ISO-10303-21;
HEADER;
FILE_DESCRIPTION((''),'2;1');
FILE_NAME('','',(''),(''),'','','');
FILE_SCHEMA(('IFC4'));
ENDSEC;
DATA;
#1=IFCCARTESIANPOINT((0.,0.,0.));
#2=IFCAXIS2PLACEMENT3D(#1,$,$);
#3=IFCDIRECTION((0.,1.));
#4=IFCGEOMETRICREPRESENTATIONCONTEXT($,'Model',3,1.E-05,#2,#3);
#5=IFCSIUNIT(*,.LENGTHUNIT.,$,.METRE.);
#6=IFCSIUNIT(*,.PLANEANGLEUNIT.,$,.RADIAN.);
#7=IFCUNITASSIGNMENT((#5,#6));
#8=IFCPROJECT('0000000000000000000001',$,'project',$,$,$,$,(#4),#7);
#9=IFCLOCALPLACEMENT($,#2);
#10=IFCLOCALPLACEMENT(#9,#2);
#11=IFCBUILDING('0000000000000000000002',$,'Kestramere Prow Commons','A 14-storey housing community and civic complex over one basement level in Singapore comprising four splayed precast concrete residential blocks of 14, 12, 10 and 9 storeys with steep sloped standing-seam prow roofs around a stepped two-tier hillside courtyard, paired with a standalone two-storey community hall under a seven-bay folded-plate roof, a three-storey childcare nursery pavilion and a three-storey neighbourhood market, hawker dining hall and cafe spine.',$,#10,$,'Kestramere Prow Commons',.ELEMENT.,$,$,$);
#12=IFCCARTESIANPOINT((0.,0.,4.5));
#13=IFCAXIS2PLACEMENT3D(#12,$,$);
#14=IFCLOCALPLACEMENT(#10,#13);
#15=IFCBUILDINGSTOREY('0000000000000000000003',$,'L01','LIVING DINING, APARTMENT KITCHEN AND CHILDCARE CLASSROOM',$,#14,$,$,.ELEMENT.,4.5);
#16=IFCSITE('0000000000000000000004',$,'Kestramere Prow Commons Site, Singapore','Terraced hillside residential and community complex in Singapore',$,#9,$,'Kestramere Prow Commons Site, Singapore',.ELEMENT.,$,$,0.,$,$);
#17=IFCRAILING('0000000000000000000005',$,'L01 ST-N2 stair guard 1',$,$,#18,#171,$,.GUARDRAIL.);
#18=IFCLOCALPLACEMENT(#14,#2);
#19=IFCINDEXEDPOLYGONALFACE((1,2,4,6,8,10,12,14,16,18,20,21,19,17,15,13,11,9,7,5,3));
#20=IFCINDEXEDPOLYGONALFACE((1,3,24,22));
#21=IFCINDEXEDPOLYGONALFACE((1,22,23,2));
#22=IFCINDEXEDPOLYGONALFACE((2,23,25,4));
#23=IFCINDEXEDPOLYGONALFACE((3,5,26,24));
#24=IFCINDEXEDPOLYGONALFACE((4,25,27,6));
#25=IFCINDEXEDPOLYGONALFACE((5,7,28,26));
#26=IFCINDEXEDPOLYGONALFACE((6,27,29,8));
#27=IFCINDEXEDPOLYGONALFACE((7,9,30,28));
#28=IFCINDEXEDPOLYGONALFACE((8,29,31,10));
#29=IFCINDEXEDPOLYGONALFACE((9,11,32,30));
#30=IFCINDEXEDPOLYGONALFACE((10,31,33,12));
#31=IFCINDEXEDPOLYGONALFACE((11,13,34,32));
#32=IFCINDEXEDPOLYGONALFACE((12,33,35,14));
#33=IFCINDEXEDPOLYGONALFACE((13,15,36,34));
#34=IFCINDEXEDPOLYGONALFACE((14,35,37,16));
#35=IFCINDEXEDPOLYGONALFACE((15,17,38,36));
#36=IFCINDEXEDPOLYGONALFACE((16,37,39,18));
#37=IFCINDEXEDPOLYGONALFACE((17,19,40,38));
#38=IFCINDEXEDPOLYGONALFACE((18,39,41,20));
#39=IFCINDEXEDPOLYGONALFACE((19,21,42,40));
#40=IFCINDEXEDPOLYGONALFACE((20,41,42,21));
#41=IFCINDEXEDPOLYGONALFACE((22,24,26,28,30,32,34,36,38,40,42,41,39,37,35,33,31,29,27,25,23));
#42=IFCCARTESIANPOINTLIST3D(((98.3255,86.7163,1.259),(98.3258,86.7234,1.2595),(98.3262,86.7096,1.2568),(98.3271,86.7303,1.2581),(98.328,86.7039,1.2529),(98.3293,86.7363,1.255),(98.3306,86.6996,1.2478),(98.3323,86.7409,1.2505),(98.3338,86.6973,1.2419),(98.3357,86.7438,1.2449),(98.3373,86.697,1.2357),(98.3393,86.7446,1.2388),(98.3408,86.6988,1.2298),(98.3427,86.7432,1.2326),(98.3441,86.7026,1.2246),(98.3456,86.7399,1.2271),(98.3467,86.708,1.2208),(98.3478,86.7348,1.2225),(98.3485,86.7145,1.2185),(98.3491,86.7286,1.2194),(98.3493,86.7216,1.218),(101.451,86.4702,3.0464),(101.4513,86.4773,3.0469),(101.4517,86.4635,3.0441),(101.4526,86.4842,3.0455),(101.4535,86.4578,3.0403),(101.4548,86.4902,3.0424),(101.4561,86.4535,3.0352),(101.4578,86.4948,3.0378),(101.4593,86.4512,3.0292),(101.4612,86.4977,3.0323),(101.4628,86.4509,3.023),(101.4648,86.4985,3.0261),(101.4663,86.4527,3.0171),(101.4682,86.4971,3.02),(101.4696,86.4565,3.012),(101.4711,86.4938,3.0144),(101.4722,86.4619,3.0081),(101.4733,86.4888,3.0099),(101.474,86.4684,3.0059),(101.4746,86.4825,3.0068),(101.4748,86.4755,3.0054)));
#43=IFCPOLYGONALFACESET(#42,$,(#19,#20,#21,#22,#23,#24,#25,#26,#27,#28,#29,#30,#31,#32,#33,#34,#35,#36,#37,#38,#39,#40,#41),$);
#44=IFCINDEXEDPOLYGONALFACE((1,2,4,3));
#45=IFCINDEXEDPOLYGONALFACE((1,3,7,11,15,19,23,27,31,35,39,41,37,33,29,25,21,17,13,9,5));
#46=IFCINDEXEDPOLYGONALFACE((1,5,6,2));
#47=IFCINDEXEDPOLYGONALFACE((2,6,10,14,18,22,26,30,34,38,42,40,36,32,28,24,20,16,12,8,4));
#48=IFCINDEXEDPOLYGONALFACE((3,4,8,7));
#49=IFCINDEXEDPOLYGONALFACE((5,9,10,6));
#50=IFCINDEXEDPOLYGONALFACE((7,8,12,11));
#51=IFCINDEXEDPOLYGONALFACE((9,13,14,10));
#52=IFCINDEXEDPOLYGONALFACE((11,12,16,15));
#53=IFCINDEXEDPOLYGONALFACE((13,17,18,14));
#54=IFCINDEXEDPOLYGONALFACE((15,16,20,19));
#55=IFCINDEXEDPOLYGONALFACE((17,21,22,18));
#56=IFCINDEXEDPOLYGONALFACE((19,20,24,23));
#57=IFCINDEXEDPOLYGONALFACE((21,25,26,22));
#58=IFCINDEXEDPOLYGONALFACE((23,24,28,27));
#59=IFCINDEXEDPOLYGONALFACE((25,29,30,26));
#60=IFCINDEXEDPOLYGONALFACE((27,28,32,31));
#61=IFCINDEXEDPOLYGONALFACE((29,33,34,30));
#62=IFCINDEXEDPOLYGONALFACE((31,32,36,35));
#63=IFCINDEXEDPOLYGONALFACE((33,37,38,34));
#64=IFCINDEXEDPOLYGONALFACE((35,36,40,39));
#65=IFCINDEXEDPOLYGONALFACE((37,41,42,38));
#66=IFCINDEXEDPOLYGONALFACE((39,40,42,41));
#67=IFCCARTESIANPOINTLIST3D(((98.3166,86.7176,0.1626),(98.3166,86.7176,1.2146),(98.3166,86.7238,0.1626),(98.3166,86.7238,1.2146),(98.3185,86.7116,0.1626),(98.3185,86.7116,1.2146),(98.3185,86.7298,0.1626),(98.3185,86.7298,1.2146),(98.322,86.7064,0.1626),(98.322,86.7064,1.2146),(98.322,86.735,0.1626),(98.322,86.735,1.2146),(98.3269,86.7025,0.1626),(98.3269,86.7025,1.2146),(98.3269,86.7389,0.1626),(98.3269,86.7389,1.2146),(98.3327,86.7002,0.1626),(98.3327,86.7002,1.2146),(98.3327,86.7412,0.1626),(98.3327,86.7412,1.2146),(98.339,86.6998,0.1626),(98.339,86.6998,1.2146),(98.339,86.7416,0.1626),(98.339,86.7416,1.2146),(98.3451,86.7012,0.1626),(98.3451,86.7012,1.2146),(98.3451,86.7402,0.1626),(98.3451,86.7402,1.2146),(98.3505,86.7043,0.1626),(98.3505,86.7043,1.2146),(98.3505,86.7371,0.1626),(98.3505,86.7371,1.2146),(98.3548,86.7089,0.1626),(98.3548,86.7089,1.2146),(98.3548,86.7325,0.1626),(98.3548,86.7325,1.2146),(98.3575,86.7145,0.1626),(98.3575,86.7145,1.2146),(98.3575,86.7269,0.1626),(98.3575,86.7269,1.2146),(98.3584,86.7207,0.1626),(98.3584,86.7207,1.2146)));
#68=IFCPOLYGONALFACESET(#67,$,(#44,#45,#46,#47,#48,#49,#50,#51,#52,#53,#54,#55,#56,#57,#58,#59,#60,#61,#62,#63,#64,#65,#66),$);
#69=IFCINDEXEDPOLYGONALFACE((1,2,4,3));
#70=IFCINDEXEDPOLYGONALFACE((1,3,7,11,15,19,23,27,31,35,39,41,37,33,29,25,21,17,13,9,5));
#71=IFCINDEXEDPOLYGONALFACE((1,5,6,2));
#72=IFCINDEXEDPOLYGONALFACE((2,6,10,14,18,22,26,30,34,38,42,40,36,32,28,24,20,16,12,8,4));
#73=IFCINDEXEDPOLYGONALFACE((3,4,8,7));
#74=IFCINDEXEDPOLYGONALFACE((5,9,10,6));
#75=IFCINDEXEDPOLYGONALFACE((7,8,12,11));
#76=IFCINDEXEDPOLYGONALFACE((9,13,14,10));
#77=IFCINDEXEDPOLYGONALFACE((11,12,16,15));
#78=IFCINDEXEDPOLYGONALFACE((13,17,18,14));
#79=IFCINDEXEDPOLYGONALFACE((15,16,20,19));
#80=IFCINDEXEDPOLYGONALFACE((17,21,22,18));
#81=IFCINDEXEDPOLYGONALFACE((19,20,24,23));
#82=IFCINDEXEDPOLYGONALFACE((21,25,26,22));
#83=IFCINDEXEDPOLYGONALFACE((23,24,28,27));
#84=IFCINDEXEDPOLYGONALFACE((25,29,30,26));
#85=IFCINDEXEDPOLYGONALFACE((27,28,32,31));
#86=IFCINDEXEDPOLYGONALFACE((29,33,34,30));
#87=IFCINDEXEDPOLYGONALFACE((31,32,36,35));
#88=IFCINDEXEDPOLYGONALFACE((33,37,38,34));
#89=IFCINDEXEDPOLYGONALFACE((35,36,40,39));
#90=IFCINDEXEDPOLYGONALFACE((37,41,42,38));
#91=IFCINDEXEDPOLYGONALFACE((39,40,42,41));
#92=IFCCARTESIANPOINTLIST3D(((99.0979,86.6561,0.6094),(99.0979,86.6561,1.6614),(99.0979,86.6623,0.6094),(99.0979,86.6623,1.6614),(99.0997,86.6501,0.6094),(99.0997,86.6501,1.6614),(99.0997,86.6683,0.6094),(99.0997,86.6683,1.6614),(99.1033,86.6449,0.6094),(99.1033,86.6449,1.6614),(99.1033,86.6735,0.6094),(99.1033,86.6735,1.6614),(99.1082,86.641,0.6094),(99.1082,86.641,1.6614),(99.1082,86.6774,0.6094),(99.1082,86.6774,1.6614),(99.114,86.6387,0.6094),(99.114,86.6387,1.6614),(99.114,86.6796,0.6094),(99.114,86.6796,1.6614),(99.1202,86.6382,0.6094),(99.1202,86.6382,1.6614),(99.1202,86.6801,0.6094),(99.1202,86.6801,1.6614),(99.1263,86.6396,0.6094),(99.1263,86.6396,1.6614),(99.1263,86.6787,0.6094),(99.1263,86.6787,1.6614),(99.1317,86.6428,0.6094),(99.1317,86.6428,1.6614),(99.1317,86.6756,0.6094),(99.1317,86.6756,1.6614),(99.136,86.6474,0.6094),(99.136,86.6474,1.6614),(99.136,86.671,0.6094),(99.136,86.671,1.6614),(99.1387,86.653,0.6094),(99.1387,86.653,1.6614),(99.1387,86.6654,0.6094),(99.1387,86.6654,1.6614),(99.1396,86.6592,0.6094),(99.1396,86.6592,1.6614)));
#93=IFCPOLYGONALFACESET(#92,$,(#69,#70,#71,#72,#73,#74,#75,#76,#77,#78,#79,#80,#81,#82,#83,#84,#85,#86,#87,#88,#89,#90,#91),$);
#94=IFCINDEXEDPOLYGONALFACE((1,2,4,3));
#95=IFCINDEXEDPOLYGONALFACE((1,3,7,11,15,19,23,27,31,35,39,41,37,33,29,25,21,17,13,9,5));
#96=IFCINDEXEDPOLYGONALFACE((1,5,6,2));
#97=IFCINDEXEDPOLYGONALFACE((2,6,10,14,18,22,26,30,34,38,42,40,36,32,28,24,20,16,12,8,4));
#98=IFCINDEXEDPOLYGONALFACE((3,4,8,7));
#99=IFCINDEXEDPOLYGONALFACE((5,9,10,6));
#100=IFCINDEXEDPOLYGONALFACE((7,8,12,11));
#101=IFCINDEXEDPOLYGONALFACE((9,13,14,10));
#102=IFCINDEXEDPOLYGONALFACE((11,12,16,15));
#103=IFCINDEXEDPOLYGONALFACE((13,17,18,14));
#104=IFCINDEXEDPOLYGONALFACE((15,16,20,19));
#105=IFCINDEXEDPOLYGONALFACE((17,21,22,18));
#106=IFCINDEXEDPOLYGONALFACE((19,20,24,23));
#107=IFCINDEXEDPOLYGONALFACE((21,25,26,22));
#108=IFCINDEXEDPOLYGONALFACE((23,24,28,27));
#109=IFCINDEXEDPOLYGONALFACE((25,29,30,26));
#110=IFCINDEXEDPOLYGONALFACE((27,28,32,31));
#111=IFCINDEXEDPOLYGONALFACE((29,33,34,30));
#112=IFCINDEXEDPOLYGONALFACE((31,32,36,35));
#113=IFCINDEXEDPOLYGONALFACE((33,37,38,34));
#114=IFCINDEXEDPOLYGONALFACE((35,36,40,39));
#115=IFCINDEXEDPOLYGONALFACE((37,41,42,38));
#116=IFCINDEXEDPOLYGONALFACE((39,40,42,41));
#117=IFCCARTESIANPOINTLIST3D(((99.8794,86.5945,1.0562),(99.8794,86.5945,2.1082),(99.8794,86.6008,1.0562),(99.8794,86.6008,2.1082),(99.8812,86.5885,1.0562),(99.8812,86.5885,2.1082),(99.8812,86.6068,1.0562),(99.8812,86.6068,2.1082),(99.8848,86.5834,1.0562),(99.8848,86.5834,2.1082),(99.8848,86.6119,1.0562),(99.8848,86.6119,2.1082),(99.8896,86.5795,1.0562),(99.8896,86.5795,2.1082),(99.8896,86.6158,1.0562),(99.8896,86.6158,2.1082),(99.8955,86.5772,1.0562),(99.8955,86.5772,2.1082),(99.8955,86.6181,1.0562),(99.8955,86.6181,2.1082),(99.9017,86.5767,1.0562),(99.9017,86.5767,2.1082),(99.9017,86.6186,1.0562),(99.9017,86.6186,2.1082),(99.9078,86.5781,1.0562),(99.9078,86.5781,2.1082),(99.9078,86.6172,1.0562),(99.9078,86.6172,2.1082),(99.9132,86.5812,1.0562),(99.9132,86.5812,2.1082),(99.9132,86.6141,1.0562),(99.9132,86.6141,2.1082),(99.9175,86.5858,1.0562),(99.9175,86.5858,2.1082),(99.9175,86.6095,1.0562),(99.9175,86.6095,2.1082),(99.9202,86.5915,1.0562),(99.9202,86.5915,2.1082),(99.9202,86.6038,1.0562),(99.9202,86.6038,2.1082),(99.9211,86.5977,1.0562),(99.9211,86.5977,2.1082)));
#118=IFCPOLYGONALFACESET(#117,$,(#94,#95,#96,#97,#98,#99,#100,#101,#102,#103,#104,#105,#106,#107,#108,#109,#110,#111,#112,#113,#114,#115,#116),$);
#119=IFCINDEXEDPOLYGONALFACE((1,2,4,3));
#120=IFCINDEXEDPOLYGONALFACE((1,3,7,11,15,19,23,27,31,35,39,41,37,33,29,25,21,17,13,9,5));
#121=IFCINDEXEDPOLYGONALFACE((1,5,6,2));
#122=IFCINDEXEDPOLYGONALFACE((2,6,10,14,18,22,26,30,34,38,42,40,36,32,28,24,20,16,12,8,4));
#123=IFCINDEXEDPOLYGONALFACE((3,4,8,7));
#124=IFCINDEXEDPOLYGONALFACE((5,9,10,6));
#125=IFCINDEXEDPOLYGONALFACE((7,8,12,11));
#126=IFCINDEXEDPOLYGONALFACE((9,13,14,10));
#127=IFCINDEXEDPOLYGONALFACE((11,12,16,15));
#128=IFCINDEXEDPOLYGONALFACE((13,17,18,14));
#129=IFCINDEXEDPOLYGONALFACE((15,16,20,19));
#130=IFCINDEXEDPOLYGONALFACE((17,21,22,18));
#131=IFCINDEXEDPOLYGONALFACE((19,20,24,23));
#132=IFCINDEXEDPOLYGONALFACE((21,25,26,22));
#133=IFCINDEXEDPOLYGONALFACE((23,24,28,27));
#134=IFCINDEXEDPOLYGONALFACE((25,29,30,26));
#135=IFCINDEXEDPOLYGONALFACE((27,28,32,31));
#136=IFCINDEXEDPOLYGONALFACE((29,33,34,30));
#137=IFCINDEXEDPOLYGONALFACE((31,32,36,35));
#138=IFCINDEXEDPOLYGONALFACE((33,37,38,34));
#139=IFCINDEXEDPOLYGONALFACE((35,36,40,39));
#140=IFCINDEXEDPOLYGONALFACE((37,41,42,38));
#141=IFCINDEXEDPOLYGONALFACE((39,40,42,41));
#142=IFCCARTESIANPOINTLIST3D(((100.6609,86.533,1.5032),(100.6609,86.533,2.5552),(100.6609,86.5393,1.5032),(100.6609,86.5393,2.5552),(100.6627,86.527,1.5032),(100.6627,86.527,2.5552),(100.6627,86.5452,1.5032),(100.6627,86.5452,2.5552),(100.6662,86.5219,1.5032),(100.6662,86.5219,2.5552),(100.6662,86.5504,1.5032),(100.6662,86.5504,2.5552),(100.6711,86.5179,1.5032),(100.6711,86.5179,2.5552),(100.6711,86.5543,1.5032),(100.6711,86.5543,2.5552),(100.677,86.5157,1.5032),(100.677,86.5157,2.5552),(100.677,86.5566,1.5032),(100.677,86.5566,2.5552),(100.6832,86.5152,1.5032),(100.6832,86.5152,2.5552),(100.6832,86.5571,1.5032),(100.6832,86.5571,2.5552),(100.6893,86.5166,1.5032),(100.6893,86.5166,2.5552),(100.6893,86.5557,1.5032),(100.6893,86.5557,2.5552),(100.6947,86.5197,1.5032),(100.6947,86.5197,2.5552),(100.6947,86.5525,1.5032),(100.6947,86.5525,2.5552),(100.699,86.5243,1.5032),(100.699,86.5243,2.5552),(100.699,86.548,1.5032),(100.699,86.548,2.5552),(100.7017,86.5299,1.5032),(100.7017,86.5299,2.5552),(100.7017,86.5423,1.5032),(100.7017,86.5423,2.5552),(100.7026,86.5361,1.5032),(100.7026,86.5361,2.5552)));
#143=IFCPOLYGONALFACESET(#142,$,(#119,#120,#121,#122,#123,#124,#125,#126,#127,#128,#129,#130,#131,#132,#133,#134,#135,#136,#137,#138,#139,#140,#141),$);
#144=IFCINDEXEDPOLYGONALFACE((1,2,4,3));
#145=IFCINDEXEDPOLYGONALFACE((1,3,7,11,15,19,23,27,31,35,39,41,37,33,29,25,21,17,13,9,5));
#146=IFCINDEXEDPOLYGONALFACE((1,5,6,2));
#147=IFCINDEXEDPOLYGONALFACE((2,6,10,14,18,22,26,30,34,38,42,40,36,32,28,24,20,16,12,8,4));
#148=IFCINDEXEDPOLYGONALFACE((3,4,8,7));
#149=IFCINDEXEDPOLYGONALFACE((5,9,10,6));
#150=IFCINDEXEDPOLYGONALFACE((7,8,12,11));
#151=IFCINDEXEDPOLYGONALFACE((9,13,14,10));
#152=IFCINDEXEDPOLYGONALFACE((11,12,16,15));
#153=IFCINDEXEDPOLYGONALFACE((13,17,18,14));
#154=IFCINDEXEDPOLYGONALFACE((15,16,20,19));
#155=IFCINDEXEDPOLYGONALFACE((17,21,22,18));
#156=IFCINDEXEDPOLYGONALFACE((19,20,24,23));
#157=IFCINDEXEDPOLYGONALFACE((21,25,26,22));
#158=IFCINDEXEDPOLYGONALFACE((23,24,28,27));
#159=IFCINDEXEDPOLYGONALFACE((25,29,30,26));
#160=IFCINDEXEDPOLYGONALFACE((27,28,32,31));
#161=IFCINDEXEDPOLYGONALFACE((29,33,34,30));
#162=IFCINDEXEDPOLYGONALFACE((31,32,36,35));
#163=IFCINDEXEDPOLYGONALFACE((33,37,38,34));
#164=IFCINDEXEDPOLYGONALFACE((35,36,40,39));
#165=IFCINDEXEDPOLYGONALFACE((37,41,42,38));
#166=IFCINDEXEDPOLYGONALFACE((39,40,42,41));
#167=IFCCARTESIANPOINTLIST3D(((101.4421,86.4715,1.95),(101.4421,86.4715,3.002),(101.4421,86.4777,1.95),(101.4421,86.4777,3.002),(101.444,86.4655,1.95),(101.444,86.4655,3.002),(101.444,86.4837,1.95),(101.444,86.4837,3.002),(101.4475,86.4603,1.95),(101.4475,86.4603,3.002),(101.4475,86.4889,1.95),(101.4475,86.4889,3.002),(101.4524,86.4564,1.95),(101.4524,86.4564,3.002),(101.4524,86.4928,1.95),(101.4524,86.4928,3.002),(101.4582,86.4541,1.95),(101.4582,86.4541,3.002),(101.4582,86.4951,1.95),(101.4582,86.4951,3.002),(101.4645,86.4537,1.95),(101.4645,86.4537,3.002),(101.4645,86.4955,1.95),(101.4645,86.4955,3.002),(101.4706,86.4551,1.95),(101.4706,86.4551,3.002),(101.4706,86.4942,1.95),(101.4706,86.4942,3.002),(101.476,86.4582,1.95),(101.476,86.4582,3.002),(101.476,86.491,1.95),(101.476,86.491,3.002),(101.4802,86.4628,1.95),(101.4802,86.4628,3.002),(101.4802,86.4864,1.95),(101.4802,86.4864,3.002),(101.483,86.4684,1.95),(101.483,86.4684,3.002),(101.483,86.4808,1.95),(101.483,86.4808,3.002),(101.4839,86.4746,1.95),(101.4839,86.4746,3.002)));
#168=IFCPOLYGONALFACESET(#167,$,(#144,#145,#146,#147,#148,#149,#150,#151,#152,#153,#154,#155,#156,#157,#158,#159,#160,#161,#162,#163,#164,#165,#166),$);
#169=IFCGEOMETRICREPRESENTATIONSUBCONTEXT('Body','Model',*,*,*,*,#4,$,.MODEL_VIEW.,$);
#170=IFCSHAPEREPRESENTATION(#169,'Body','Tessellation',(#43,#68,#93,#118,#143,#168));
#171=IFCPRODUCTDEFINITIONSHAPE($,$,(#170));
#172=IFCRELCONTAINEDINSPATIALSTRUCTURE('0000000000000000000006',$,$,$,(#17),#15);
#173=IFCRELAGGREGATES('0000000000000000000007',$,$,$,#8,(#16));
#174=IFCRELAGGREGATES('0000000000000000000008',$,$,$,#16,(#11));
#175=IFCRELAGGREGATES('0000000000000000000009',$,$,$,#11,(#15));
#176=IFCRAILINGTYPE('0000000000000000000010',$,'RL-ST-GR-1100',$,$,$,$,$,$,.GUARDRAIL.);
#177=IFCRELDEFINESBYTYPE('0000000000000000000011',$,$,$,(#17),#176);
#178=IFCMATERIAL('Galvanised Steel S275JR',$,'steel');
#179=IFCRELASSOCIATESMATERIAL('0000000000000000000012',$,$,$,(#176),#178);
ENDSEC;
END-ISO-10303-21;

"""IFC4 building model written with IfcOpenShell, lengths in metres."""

from ifc_helpers import new_model, si_unit, direction, frame, origin, origin_2d, place, context, subcontext, project, spatial, circle, extrude, material, type_object, element, save


model = new_model("IFC4")

# Units and contexts
model_context = context("Model", 3, precision=1e-05, world=origin(), true_north=direction((0.0, 1.0)))
body_context = subcontext(model_context, "Body", "Model", "MODEL_VIEW")
ifc_project = project(units=[si_unit("LENGTHUNIT", "METRE"), si_unit("PLANEANGLEUNIT", "RADIAN")], contexts=[model_context])

# Site, building, storey
site_placement = place(None, origin())
site = spatial("IfcSite", under=ifc_project, at=site_placement, Name="Kestramere Prow Commons Site, Singapore", Description="Terraced hillside residential and community complex in Singapore", LongName="Kestramere Prow Commons Site, Singapore", CompositionType="ELEMENT", RefElevation=0.0)
building_placement = place(site_placement, origin())
building = spatial("IfcBuilding", under=site, at=building_placement, Name="Kestramere Prow Commons", Description="A 14-storey housing community and civic complex over one basement level in Singapore comprising four splayed precast concrete residential blocks of 14, 12, 10 and 9 storeys with steep sloped standing-seam prow roofs around a stepped two-tier hillside courtyard, paired with a standalone two-storey community hall under a seven-bay folded-plate roof, a three-storey childcare nursery pavilion and a three-storey neighbourhood market, hawker dining hall and cafe spine.", LongName="Kestramere Prow Commons", CompositionType="ELEMENT")
storey_placement = place(building_placement, frame((0.0, 0.0, 4.5)))
storey = spatial("IfcBuildingStorey", under=building, at=storey_placement, Name="L01", Description="LIVING DINING, APARTMENT KITCHEN AND CHILDCARE CLASSROOM", CompositionType="ELEMENT", Elevation=4.5)

# Railing
ifc_material_1 = material(Name="Galvanised Steel S275JR", Category="steel")
railing_type_1 = type_object("IfcRailingType", Name="RL-ST-GR-1100", PredefinedType="GUARDRAIL", material=ifc_material_1)
railing_1_placement = place(storey_placement, frame((98.3374, 86.7207, 0.1626)))
element("IfcRailing", 1, at=railing_1_placement, inside=storey, type_object=railing_type_1, Name="L01 ST-N2 stair guard 1", PredefinedType="GUARDRAIL", context=body_context, shape_type="SweptSolid", body=[
    extrude(circle(Radius=0.0239, at=origin_2d()), frame((0.0, 0.0, 1.0762), z_axis=(0.86606, -0.068192, 0.495268), x_axis=(0.078495, 0.996915, 0.0)), (0.0, 0.0, 1.0), 3.6089),
    extrude(circle(Radius=0.021, at=origin_2d()), origin(), (0.0, 0.0, 1.0), 1.052),
    extrude(circle(Radius=0.021, at=origin_2d()), frame((0.7812, -0.0615, 0.4468)), (0.0, 0.0, 1.0), 1.052),
    extrude(circle(Radius=0.021, at=origin_2d()), frame((1.5627, -0.123, 0.8936)), (0.0, 0.0, 1.0), 1.052),
    extrude(circle(Radius=0.021, at=origin_2d()), frame((2.3442, -0.1846, 1.3406)), (0.0, 0.0, 1.0), 1.052),
    extrude(circle(Radius=0.021, at=origin_2d()), frame((3.1255, -0.2461, 1.7874)), (0.0, 0.0, 1.0), 1.052),
])

save(model, "model.ifc")
